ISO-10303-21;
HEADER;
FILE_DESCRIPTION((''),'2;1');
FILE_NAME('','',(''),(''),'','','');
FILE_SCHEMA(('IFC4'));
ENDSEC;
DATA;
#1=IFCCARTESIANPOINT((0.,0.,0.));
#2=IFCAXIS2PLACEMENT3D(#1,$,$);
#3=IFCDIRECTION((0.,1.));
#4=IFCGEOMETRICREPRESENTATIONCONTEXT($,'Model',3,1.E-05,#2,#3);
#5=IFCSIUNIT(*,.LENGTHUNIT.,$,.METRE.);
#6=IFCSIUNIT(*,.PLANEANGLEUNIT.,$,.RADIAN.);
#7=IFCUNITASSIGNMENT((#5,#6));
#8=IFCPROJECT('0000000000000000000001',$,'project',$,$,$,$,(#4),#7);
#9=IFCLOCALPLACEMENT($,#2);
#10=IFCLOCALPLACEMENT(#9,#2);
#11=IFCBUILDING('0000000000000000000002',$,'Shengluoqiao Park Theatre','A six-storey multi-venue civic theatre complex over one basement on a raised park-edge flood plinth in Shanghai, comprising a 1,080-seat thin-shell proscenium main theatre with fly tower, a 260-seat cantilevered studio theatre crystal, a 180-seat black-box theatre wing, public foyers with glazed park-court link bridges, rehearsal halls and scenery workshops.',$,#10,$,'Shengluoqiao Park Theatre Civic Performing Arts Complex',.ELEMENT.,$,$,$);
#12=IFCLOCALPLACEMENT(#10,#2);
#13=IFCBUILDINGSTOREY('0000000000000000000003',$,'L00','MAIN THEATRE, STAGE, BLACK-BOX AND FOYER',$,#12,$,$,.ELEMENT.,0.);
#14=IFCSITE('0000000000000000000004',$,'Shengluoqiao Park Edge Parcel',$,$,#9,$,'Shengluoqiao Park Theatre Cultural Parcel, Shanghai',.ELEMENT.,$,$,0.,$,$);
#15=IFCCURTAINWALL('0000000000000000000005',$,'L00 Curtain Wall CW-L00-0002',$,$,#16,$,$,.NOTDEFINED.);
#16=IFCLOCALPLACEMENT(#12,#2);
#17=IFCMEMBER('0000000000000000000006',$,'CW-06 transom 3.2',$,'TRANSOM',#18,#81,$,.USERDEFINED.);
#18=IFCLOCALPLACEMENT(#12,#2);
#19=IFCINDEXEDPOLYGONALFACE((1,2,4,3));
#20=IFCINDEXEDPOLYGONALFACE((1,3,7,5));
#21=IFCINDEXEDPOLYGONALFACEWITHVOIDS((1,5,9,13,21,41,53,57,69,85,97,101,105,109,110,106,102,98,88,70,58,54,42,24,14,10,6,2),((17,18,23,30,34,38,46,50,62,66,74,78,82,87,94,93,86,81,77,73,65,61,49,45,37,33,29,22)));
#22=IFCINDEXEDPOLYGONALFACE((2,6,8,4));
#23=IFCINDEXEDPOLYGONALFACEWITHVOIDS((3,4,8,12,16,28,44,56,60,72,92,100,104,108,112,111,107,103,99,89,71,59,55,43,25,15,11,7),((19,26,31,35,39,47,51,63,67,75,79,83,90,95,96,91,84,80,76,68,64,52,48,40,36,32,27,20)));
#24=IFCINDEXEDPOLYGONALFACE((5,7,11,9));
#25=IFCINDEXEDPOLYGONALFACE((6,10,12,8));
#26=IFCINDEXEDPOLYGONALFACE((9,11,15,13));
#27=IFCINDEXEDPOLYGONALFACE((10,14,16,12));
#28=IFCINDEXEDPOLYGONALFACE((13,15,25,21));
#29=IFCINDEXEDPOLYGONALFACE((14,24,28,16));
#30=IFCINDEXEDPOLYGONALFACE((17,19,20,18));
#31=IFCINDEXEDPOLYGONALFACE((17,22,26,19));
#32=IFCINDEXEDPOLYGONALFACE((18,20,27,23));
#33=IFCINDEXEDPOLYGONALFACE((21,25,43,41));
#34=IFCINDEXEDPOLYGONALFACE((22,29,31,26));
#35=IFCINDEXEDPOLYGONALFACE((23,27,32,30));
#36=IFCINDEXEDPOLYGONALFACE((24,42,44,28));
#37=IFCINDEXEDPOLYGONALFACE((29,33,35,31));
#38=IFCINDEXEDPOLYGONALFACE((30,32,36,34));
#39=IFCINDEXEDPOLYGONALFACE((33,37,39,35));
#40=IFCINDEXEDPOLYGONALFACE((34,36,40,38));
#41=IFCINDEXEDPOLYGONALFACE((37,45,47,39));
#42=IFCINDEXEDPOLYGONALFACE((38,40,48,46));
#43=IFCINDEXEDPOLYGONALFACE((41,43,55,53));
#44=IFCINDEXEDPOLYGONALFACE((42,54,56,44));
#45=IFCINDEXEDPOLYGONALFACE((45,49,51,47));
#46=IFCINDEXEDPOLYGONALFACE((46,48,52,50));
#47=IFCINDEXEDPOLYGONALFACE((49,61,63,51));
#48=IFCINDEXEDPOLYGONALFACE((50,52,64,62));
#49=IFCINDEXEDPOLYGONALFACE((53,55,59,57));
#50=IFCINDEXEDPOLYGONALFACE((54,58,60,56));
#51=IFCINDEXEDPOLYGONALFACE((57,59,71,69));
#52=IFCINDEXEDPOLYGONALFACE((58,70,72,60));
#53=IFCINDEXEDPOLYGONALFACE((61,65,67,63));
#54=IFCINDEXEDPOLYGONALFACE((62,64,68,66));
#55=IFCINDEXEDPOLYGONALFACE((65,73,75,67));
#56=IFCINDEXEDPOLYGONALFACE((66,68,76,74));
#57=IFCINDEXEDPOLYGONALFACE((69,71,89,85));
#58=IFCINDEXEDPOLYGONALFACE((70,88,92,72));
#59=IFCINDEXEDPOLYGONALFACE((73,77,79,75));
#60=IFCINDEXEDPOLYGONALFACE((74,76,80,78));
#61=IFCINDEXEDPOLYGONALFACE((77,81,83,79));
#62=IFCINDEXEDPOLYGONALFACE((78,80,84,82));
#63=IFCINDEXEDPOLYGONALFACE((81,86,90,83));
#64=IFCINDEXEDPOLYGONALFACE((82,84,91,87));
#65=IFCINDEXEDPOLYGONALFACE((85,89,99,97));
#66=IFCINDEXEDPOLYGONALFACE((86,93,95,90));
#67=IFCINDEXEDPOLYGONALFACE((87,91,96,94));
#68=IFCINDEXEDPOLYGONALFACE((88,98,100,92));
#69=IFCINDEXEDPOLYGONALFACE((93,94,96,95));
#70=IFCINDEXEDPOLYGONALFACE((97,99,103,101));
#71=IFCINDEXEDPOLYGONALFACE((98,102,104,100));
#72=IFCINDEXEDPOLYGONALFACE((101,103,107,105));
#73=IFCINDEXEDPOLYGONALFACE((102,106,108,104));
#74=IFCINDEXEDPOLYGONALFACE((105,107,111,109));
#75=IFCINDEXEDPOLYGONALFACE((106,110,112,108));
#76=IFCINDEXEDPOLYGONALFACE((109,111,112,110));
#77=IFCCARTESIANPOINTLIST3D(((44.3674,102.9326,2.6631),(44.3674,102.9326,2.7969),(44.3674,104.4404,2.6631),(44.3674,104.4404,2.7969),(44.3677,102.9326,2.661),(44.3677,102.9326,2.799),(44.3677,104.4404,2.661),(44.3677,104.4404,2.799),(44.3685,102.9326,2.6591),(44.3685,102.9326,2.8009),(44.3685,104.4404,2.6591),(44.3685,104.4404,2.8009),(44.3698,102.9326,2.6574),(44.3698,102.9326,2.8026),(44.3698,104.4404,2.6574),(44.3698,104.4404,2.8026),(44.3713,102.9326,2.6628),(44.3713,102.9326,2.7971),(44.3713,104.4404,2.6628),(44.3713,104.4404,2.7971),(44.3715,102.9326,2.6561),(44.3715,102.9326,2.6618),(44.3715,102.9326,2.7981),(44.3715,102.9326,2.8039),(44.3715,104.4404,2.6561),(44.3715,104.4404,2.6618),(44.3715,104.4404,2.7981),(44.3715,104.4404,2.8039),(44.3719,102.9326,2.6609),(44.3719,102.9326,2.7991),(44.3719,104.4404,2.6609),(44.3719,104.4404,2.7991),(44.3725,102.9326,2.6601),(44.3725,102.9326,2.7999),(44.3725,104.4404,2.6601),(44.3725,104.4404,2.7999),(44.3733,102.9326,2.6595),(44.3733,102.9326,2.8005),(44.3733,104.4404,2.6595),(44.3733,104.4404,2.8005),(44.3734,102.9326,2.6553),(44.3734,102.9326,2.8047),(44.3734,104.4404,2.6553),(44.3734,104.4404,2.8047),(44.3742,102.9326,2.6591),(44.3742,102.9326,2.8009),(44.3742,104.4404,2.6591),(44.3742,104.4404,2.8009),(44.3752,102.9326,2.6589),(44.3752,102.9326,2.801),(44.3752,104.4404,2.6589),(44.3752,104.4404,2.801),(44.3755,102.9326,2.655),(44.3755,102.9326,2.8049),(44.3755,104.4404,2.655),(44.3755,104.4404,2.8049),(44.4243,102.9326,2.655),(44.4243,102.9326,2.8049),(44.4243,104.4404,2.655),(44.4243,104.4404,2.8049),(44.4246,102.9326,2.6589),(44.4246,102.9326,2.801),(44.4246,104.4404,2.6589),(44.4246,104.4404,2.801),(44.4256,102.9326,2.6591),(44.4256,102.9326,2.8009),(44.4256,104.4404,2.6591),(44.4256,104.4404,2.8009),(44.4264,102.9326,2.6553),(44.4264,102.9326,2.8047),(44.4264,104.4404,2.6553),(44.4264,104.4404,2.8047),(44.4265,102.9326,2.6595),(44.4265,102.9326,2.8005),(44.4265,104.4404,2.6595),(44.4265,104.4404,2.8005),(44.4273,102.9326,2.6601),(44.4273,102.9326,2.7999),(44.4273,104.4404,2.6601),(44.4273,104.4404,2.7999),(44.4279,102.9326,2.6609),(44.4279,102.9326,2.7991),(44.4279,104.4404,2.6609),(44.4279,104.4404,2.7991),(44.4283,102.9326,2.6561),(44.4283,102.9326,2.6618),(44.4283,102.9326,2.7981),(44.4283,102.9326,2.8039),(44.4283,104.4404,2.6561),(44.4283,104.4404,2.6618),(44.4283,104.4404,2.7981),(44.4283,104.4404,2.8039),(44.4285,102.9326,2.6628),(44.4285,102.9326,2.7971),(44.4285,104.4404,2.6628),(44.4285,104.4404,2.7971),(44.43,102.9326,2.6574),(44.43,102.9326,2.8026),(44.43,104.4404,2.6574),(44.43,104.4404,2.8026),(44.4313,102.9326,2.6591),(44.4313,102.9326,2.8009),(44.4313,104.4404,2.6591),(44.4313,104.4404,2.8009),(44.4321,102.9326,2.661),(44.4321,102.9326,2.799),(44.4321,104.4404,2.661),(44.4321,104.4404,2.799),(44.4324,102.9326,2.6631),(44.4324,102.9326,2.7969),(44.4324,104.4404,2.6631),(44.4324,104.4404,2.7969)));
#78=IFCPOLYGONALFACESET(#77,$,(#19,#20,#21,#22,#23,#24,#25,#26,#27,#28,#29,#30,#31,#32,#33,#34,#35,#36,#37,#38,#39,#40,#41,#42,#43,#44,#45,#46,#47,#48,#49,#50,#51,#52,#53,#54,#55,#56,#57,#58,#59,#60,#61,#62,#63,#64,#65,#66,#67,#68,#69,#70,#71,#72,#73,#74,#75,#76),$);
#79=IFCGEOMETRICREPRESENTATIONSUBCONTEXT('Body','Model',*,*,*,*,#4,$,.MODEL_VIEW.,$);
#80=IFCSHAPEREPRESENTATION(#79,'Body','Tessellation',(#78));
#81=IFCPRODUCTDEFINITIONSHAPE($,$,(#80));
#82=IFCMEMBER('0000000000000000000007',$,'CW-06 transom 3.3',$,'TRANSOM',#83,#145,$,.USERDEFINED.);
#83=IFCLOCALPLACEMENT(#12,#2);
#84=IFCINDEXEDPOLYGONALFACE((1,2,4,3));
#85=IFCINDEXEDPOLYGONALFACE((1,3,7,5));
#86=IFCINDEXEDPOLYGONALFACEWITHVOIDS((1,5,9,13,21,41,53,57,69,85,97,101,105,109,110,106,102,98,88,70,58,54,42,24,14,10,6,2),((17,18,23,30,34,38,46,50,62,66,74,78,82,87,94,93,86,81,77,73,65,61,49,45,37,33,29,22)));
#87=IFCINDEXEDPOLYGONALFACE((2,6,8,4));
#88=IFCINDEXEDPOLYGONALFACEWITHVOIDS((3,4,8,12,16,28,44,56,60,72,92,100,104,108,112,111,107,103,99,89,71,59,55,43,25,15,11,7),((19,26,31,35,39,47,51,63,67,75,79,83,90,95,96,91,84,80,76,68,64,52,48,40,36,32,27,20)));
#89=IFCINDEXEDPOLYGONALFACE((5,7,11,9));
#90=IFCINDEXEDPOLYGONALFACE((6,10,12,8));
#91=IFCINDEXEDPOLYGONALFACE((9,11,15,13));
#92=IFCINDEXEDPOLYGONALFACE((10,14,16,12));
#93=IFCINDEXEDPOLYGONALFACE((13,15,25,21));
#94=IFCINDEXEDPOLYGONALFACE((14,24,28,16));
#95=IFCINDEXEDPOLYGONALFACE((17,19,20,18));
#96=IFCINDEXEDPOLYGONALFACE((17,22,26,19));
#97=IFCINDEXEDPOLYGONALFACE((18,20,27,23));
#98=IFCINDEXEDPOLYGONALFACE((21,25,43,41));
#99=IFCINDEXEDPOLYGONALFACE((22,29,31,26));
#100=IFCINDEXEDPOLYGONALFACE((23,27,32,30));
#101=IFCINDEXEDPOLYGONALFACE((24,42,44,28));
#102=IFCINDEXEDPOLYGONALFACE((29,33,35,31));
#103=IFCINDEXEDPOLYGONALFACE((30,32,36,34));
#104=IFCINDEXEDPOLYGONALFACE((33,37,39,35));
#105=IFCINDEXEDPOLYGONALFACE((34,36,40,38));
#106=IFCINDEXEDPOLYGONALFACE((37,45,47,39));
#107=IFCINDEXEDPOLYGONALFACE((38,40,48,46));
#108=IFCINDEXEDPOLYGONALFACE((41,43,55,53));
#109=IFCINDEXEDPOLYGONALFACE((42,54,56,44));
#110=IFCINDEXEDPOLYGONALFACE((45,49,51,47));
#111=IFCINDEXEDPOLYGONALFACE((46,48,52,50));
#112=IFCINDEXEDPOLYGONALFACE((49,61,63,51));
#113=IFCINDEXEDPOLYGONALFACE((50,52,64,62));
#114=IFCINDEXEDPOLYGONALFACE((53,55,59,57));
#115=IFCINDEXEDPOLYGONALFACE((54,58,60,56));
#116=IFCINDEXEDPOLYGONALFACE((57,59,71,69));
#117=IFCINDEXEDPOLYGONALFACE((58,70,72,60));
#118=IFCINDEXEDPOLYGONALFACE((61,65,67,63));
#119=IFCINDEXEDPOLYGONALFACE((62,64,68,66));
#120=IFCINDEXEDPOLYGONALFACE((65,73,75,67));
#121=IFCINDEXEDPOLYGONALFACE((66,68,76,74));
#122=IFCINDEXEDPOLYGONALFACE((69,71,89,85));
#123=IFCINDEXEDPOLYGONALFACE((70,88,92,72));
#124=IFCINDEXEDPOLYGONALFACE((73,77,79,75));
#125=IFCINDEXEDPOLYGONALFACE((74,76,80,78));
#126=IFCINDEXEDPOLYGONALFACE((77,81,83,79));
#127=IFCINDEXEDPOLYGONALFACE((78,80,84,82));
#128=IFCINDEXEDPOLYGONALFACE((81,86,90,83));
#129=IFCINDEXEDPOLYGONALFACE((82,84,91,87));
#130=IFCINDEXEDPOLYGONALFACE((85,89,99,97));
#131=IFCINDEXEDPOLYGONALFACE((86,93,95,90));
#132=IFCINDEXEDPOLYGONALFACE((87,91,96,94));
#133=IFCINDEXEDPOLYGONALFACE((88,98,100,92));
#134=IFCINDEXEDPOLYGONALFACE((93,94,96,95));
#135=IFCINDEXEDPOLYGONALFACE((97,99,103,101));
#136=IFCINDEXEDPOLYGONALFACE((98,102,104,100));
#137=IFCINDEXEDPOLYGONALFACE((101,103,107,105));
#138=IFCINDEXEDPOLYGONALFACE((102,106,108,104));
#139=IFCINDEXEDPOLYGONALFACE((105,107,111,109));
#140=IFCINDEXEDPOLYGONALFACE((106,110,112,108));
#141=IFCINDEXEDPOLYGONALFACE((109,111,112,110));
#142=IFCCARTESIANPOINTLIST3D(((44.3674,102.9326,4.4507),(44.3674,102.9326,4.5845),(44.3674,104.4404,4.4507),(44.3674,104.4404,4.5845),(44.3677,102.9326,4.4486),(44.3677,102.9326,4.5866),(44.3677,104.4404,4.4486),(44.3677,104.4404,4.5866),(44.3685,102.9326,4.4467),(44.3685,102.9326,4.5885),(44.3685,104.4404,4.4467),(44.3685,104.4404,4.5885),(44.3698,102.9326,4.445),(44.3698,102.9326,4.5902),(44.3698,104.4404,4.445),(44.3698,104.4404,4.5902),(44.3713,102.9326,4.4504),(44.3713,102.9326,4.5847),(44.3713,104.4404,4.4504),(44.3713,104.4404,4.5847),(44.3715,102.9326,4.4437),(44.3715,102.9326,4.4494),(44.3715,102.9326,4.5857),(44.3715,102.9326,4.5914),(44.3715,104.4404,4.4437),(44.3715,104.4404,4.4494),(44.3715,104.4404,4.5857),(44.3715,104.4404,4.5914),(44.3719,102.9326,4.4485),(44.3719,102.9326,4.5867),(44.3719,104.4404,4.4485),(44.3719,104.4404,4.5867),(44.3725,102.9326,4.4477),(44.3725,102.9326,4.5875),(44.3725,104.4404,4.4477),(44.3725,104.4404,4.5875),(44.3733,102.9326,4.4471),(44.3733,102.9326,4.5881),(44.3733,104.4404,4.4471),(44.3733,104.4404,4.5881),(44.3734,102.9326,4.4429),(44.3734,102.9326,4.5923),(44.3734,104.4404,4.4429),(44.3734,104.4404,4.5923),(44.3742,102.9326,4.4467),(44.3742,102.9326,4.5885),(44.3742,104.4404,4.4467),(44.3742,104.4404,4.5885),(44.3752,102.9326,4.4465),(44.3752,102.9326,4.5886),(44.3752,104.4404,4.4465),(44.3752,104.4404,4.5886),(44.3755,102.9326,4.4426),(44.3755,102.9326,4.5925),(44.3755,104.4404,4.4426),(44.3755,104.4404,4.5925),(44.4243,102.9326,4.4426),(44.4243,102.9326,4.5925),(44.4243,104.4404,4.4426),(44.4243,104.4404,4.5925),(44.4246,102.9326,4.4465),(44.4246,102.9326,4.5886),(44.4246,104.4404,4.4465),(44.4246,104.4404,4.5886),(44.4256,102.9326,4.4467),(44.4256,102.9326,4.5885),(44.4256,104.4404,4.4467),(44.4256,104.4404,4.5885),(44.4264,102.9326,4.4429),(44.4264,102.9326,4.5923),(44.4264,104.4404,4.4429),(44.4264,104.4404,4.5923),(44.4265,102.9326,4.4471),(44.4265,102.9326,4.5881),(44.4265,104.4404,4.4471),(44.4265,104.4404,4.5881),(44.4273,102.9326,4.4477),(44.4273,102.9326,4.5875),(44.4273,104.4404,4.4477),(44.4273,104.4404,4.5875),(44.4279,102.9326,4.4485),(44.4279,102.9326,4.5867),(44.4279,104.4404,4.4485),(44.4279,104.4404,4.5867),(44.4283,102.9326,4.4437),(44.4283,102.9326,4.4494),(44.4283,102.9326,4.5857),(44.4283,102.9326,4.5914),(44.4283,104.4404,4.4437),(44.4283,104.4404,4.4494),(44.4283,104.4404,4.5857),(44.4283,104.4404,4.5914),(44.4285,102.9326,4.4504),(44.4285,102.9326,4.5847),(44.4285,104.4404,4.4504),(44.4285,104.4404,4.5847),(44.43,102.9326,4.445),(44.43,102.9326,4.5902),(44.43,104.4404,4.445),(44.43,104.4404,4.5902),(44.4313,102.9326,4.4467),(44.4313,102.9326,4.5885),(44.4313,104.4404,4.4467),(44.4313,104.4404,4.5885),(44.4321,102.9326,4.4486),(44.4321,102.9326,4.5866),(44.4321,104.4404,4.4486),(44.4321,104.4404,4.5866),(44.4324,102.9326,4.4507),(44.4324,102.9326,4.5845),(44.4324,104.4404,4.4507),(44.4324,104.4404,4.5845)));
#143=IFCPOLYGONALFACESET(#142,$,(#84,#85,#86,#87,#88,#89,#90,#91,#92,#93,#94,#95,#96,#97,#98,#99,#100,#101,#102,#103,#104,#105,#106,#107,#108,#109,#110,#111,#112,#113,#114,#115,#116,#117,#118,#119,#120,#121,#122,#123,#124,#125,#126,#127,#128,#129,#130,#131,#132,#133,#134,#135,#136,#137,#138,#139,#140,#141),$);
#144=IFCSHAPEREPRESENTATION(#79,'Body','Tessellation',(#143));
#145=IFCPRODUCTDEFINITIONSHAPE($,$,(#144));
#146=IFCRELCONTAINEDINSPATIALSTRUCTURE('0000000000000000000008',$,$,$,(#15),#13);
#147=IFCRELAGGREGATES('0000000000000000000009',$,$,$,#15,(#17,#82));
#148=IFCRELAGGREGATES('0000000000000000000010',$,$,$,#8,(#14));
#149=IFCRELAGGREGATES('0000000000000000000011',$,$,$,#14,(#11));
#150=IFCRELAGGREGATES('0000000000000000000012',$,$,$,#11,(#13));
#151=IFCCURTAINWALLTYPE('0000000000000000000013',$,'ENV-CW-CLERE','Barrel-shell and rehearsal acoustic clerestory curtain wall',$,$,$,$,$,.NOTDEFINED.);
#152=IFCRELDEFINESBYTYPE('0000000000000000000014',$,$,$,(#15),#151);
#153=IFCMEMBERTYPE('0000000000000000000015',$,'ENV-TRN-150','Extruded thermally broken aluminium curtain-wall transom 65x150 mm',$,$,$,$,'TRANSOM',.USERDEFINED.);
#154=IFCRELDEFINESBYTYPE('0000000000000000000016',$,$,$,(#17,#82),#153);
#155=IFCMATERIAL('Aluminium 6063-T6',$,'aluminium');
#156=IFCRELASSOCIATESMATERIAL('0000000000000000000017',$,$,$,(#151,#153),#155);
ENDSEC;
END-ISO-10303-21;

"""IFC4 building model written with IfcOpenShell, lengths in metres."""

from ifc_helpers import new_model, si_unit, direction, frame, origin, origin_2d, place, context, subcontext, project, spatial, hollow_rectangle, extrude, material, material_profile, profile_set, type_object, element, aggregate, save


model = new_model("IFC4")

# Units and contexts
model_context = context("Model", 3, precision=1e-05, world=origin(), true_north=direction((0.0, 1.0)))
body_context = subcontext(model_context, "Body", "Model", "MODEL_VIEW")
ifc_project = project(units=[si_unit("LENGTHUNIT", "METRE"), si_unit("PLANEANGLEUNIT", "RADIAN")], contexts=[model_context])

# Site, building, storey
site_placement = place(None, origin())
site = spatial("IfcSite", under=ifc_project, at=site_placement, Name="Shengluoqiao Park Edge Parcel", LongName="Shengluoqiao Park Theatre Cultural Parcel, Shanghai", CompositionType="ELEMENT", RefElevation=0.0)
building_placement = place(site_placement, origin())
building = spatial("IfcBuilding", under=site, at=building_placement, Name="Shengluoqiao Park Theatre", Description="A six-storey multi-venue civic theatre complex over one basement on a raised park-edge flood plinth in Shanghai, comprising a 1,080-seat thin-shell proscenium main theatre with fly tower, a 260-seat cantilevered studio theatre crystal, a 180-seat black-box theatre wing, public foyers with glazed park-court link bridges, rehearsal halls and scenery workshops.", LongName="Shengluoqiao Park Theatre Civic Performing Arts Complex", CompositionType="ELEMENT")
storey_placement = place(building_placement, origin())
storey = spatial("IfcBuildingStorey", under=building, at=storey_placement, Name="L00", Description="MAIN THEATRE, STAGE, BLACK-BOX AND FOYER", CompositionType="ELEMENT", Elevation=0.0)

# Curtain wall, members
ifc_material_1 = material(Name="Aluminium 6063-T6", Category="aluminium")
curtain_wall_type = type_object("IfcCurtainWallType", Name="ENV-CW-CLERE", Description="Barrel-shell and rehearsal acoustic clerestory curtain wall", PredefinedType="NOTDEFINED", material=ifc_material_1)
curtain_wall_placement = place(storey_placement, origin())
curtain_wall = element("IfcCurtainWall", 1, at=curtain_wall_placement, inside=storey, type_object=curtain_wall_type, Name="L00 Curtain Wall CW-L00-0002", PredefinedType="NOTDEFINED")
ifc_material_profile_1 = material_profile(ifc_material_1, hollow_rectangle(XDim=0.0649, YDim=0.1499, WallThickness=0.0039, InnerFilletRadius=0.0039, OuterFilletRadius=0.0081, at=origin_2d()), Name="ALU TRANSOM 150x65x4")
ifc_profile_set_1 = profile_set([ifc_material_profile_1], Name="Aluminium 6063-T6")
member_type_1 = type_object("IfcMemberType", Name="ENV-TRN-150", Description="Extruded thermally broken aluminium curtain-wall transom 65x150 mm", ElementType="TRANSOM", PredefinedType="USERDEFINED", material=ifc_profile_set_1)
member_1_placement = place(storey_placement, frame((44.3999, 102.9326, 2.73), z_axis=(0.0, 1.0, 0.0), x_axis=(-1.0, 0.0, 0.0)))
member_1 = element("IfcMember", 2, at=member_1_placement, type_object=member_type_1, Name="CW-06 transom 3.2", ObjectType="TRANSOM", PredefinedType="USERDEFINED", context=body_context, shape_type="SweptSolid", body=[
    extrude(hollow_rectangle(XDim=0.0649, YDim=0.1499, WallThickness=0.0039, InnerFilletRadius=0.0039, OuterFilletRadius=0.0081, at=origin_2d()), origin(), (0.0, 0.0, 1.0), 1.5078),
])
member_2_placement = place(storey_placement, frame((44.3999, 102.9326, 4.5176), z_axis=(0.0, 1.0, 0.0), x_axis=(-1.0, 0.0, 0.0)))
member_2 = element("IfcMember", 3, at=member_2_placement, type_object=member_type_1, Name="CW-06 transom 3.3", ObjectType="TRANSOM", PredefinedType="USERDEFINED", context=body_context, shape_type="SweptSolid", body=[
    extrude(hollow_rectangle(XDim=0.0649, YDim=0.1499, WallThickness=0.0039, InnerFilletRadius=0.0039, OuterFilletRadius=0.0081, at=origin_2d()), origin(), (0.0, 0.0, 1.0), 1.5078),
])

aggregate(curtain_wall, [member_1, member_2])

save(model, "model.ifc")
